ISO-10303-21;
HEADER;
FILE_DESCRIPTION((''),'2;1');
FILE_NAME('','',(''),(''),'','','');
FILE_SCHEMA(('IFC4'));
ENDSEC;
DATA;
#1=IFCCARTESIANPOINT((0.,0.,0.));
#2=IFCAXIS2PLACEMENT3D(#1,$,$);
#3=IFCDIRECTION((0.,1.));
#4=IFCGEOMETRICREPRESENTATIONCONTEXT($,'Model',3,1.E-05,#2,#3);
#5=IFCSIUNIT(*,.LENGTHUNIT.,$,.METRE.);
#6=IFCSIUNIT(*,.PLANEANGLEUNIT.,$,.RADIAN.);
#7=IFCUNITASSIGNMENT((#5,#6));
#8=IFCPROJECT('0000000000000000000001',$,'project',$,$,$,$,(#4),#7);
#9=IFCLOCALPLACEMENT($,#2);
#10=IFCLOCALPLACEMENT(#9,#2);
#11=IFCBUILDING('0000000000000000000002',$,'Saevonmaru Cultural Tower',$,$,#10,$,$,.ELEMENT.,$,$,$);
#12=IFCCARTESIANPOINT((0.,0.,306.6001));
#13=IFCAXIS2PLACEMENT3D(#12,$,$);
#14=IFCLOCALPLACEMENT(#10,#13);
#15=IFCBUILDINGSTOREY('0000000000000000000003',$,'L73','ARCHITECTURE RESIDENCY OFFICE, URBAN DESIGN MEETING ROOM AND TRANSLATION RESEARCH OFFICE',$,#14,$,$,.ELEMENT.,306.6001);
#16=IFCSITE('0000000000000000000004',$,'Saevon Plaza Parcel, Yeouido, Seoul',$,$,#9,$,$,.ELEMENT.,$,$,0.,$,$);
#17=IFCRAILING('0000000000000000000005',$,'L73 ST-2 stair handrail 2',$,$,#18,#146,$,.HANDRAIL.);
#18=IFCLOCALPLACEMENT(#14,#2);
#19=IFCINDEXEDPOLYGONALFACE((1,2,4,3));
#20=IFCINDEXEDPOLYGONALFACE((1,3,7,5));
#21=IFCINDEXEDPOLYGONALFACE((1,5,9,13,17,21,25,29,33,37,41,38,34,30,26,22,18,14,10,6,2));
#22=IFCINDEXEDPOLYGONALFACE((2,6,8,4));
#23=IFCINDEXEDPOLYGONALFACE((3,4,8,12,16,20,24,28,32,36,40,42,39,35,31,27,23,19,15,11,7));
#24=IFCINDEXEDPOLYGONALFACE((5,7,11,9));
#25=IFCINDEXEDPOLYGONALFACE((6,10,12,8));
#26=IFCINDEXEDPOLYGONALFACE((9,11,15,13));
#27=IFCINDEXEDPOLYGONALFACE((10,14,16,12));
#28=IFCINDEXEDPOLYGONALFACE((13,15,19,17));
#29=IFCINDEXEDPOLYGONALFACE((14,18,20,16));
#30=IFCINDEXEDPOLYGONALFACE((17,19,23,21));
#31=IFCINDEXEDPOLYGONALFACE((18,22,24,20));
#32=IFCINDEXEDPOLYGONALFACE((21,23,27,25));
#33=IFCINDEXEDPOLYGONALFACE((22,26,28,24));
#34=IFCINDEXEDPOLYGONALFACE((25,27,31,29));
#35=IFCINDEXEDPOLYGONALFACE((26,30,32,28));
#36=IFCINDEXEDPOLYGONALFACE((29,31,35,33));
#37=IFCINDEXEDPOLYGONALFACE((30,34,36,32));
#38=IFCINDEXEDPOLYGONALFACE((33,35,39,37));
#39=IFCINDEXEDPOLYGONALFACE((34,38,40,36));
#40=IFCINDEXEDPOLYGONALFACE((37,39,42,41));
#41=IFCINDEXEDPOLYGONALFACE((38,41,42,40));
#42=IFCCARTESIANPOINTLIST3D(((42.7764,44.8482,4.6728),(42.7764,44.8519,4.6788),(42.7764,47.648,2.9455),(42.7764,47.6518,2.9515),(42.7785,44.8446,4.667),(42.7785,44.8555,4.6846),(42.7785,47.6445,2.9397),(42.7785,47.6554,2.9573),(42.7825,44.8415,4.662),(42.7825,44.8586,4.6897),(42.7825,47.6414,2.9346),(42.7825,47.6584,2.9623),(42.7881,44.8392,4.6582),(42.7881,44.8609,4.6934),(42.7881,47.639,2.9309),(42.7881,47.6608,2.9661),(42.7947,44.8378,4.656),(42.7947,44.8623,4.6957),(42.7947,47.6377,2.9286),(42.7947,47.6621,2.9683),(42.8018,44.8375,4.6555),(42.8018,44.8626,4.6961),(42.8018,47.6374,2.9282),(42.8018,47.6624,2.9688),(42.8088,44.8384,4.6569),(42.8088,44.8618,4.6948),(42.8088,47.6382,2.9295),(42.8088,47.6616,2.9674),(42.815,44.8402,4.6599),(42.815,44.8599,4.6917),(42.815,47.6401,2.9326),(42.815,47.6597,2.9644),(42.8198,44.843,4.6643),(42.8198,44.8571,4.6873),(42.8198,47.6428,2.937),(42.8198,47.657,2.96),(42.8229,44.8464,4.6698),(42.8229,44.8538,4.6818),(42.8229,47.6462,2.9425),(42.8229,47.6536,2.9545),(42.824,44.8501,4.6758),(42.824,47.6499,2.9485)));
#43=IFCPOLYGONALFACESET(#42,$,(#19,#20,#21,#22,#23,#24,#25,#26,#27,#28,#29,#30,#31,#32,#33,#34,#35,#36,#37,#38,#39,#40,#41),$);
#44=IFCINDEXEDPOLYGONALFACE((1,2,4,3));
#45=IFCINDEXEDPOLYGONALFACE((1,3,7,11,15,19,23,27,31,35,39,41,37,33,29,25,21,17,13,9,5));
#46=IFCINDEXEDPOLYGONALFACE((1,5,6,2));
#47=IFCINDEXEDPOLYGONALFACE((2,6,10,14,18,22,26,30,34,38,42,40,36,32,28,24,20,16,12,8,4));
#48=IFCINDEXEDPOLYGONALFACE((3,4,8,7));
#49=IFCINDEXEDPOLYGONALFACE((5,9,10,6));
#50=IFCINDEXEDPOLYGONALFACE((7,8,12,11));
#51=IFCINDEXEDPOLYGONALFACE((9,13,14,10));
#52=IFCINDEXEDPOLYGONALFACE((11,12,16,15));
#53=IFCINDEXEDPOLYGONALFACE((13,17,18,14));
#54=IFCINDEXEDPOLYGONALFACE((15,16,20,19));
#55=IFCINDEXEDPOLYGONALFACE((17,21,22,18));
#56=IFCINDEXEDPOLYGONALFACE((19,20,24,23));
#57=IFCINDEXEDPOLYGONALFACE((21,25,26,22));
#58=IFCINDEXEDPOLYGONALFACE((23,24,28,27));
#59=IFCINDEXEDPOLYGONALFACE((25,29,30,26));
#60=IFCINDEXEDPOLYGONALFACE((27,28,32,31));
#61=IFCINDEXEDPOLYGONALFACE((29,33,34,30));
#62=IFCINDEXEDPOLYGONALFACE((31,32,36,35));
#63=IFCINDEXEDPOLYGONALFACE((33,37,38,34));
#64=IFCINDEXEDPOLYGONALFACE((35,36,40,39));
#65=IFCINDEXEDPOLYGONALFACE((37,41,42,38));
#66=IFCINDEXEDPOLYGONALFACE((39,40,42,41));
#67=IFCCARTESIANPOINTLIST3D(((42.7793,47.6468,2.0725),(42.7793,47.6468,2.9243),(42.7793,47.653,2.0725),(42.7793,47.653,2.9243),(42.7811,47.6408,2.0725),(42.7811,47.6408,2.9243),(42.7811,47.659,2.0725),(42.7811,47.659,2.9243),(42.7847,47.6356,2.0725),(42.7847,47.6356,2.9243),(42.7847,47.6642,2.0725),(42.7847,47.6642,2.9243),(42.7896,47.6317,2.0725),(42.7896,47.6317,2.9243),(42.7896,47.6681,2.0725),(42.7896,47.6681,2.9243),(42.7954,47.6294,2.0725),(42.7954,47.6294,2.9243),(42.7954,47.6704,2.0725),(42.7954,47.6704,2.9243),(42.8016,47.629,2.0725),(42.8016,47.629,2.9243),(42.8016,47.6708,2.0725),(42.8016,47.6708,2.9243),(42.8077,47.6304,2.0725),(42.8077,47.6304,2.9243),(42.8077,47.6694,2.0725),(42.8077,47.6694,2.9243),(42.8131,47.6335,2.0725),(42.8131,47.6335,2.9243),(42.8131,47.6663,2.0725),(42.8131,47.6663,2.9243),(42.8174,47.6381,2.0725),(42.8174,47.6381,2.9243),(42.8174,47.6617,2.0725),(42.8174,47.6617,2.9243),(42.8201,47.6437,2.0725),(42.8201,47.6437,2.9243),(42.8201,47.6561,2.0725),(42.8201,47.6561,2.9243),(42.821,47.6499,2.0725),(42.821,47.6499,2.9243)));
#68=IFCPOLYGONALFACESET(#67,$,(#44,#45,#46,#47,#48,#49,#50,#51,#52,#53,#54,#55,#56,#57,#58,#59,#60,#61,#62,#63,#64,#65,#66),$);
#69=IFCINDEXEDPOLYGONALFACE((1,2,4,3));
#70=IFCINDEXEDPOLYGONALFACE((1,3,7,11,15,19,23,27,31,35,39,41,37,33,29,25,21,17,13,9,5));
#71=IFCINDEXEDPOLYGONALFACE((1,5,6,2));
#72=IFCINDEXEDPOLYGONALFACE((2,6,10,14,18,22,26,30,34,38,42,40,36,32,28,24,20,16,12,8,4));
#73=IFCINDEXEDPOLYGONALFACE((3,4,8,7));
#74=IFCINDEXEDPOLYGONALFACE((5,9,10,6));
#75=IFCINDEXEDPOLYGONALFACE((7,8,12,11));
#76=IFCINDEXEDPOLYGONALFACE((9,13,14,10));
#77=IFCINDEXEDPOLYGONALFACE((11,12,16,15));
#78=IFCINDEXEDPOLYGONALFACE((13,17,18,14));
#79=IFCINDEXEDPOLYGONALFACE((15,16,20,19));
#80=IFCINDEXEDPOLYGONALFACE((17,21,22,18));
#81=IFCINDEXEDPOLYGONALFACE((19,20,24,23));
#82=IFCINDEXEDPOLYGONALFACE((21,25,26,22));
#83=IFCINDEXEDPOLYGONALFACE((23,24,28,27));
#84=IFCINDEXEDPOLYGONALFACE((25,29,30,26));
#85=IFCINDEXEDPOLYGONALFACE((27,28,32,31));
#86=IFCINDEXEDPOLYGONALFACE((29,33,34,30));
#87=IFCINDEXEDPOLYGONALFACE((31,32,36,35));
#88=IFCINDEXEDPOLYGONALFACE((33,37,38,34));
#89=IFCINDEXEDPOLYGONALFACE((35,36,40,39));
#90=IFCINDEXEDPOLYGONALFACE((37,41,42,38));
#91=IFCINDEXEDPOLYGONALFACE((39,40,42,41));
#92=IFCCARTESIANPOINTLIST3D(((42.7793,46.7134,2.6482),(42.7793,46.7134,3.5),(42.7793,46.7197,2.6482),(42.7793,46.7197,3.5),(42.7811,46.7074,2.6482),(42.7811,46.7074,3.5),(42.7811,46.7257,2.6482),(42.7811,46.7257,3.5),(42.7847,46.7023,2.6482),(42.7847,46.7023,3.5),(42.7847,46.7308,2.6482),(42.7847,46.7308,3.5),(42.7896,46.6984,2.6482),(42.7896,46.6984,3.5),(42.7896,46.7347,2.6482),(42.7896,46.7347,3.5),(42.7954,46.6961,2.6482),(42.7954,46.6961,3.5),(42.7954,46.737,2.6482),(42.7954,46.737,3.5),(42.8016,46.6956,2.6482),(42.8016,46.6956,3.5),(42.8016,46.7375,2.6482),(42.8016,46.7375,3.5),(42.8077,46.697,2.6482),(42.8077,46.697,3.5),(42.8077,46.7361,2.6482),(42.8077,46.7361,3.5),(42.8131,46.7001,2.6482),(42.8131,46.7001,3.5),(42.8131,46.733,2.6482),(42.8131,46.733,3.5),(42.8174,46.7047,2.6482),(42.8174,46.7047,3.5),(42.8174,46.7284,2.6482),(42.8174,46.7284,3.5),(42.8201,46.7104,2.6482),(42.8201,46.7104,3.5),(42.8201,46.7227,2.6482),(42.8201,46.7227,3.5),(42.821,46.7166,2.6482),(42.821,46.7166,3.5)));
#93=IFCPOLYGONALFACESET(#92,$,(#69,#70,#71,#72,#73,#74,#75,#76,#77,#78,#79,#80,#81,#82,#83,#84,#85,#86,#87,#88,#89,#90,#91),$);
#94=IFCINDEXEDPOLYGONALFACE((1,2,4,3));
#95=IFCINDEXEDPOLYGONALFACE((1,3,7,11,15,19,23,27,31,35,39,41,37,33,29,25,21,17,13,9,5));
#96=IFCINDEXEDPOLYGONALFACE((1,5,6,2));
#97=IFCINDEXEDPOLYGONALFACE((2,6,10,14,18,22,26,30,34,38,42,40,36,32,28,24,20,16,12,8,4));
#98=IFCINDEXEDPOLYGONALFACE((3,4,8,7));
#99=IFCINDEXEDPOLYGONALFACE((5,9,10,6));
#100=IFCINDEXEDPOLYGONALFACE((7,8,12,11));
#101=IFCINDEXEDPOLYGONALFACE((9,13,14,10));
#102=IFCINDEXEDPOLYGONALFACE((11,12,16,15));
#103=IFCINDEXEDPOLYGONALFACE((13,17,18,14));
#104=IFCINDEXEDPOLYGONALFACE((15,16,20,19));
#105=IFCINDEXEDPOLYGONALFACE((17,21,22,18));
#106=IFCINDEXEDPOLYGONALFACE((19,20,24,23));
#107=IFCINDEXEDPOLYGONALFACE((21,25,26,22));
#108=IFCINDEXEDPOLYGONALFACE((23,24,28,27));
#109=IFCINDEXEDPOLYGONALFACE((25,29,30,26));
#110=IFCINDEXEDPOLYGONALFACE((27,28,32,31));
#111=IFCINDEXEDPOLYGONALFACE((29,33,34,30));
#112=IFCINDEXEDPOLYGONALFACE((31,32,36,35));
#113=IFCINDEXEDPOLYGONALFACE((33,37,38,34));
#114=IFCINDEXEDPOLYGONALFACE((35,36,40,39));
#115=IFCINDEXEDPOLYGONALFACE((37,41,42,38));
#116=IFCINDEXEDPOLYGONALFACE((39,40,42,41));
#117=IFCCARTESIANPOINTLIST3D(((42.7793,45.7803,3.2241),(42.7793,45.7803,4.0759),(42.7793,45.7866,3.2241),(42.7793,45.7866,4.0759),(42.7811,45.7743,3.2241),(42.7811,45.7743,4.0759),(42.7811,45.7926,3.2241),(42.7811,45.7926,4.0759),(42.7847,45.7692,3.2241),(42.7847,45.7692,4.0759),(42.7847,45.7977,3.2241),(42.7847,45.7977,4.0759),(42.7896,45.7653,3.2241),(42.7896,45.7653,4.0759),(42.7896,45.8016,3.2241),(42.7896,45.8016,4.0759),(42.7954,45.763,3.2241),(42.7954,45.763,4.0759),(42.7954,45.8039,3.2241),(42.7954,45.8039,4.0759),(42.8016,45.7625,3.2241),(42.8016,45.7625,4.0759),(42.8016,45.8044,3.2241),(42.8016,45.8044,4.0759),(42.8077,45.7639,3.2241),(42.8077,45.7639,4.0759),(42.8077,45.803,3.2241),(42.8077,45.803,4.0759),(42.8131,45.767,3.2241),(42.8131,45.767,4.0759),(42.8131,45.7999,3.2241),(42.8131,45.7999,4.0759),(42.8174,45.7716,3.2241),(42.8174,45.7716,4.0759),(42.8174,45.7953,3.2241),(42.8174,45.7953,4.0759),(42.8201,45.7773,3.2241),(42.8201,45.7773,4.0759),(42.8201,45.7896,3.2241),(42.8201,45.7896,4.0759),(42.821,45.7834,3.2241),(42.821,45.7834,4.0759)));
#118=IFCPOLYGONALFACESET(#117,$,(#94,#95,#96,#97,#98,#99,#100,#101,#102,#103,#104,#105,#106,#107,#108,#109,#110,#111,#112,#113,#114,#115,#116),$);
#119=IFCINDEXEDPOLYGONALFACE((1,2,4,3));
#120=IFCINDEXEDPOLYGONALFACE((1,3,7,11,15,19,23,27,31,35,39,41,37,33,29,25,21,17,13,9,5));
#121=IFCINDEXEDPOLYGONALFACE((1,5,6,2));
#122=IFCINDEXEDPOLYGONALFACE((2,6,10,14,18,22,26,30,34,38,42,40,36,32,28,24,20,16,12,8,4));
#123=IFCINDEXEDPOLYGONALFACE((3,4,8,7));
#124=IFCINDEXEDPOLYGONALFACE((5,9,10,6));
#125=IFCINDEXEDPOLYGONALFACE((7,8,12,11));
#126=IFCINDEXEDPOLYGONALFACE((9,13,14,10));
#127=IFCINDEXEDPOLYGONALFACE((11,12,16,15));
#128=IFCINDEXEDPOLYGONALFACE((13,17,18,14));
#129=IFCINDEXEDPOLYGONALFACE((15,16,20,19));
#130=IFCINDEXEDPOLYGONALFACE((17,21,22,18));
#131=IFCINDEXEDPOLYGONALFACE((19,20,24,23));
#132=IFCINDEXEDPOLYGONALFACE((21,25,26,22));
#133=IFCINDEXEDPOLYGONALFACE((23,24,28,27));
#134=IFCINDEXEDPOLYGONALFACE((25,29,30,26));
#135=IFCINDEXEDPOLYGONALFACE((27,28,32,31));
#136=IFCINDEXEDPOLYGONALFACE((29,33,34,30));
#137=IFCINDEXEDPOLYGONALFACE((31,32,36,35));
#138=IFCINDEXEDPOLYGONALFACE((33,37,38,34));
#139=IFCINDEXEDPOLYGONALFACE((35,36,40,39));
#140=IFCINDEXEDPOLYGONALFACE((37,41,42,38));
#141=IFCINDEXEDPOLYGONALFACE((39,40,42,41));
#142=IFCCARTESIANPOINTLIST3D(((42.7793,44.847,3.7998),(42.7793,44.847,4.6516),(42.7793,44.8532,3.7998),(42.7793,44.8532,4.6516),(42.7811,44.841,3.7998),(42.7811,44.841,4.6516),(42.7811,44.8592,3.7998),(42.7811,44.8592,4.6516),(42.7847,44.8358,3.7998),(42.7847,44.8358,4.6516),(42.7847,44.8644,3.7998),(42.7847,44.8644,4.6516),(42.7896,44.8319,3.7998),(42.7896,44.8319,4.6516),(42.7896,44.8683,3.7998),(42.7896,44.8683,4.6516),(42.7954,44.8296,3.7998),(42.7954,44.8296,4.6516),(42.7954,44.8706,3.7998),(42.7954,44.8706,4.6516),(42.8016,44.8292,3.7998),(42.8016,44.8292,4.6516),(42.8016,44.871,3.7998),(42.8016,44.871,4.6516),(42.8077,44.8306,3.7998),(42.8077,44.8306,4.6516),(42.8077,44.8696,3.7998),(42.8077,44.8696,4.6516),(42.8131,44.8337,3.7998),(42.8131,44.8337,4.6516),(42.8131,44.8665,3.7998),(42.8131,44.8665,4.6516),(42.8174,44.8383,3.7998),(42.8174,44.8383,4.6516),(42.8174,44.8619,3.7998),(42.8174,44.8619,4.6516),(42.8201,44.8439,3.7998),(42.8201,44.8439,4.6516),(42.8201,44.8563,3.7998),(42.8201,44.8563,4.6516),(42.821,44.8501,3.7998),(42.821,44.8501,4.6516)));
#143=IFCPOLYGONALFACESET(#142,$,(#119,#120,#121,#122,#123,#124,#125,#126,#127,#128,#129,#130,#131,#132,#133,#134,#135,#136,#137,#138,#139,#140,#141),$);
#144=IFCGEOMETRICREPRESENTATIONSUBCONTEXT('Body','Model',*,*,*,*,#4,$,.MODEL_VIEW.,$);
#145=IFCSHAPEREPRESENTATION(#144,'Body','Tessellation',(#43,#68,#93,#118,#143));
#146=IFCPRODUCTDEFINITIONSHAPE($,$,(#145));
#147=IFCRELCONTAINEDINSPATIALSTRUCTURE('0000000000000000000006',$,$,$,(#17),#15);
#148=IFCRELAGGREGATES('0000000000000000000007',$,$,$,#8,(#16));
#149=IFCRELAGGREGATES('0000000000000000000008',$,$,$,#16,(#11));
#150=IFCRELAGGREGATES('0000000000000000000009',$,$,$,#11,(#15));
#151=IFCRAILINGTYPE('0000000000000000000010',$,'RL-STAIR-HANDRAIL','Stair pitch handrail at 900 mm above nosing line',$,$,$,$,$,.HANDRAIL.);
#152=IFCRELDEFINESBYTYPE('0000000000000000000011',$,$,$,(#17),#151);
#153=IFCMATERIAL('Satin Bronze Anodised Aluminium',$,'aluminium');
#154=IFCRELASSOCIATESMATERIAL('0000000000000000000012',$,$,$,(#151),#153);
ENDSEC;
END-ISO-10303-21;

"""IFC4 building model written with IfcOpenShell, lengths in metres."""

from ifc_helpers import new_model, si_unit, direction, frame, origin, origin_2d, place, context, subcontext, project, spatial, circle, extrude, material, type_object, element, save


model = new_model("IFC4")

# Units and contexts
model_context = context("Model", 3, precision=1e-05, world=origin(), true_north=direction((0.0, 1.0)))
body_context = subcontext(model_context, "Body", "Model", "MODEL_VIEW")
ifc_project = project(units=[si_unit("LENGTHUNIT", "METRE"), si_unit("PLANEANGLEUNIT", "RADIAN")], contexts=[model_context])

# Site, building, storey
site_placement = place(None, origin())
site = spatial("IfcSite", under=ifc_project, at=site_placement, Name="Saevon Plaza Parcel, Yeouido, Seoul", CompositionType="ELEMENT", RefElevation=0.0)
building_placement = place(site_placement, origin())
building = spatial("IfcBuilding", under=site, at=building_placement, Name="Saevonmaru Cultural Tower", CompositionType="ELEMENT")
storey_placement = place(building_placement, frame((0.0, 0.0, 306.6001)))
storey = spatial("IfcBuildingStorey", under=building, at=storey_placement, Name="L73", Description="ARCHITECTURE RESIDENCY OFFICE, URBAN DESIGN MEETING ROOM AND TRANSLATION RESEARCH OFFICE", CompositionType="ELEMENT", Elevation=306.6001)

# Shared definitions
ifc_material_1 = material(Name="Satin Bronze Anodised Aluminium", Category="aluminium")

# Railing
railing_type_1 = type_object("IfcRailingType", Name="RL-STAIR-HANDRAIL", Description="Stair pitch handrail at 900 mm above nosing line", PredefinedType="HANDRAIL", material=ifc_material_1)
railing_1_placement = place(storey_placement, frame((42.8, 47.6499, 2.0725)))
element("IfcRailing", 1, at=railing_1_placement, inside=storey, type_object=railing_type_1, Name="L73 ST-2 stair handrail 2", PredefinedType="HANDRAIL", context=body_context, shape_type="SweptSolid", body=[
    extrude(circle(Radius=0.0239, at=origin_2d()), frame((0.0, 0.0, 0.876), z_axis=(0.0, -0.851069, 0.525054), x_axis=(1.0, 0.0, 0.0)), (0.0, 0.0, 1.0), 3.2898),
    extrude(circle(Radius=0.021, at=origin_2d()), origin(), (0.0, 0.0, 1.0), 0.8518),
    extrude(circle(Radius=0.021, at=origin_2d()), frame((0.0, -0.9333, 0.5757)), (0.0, 0.0, 1.0), 0.8518),
    extrude(circle(Radius=0.021, at=origin_2d()), frame((0.0, -1.8665, 1.1516)), (0.0, 0.0, 1.0), 0.8518),
    extrude(circle(Radius=0.021, at=origin_2d()), frame((0.0, -2.7998, 1.7273)), (0.0, 0.0, 1.0), 0.8518),
])

save(model, "model.ifc")
